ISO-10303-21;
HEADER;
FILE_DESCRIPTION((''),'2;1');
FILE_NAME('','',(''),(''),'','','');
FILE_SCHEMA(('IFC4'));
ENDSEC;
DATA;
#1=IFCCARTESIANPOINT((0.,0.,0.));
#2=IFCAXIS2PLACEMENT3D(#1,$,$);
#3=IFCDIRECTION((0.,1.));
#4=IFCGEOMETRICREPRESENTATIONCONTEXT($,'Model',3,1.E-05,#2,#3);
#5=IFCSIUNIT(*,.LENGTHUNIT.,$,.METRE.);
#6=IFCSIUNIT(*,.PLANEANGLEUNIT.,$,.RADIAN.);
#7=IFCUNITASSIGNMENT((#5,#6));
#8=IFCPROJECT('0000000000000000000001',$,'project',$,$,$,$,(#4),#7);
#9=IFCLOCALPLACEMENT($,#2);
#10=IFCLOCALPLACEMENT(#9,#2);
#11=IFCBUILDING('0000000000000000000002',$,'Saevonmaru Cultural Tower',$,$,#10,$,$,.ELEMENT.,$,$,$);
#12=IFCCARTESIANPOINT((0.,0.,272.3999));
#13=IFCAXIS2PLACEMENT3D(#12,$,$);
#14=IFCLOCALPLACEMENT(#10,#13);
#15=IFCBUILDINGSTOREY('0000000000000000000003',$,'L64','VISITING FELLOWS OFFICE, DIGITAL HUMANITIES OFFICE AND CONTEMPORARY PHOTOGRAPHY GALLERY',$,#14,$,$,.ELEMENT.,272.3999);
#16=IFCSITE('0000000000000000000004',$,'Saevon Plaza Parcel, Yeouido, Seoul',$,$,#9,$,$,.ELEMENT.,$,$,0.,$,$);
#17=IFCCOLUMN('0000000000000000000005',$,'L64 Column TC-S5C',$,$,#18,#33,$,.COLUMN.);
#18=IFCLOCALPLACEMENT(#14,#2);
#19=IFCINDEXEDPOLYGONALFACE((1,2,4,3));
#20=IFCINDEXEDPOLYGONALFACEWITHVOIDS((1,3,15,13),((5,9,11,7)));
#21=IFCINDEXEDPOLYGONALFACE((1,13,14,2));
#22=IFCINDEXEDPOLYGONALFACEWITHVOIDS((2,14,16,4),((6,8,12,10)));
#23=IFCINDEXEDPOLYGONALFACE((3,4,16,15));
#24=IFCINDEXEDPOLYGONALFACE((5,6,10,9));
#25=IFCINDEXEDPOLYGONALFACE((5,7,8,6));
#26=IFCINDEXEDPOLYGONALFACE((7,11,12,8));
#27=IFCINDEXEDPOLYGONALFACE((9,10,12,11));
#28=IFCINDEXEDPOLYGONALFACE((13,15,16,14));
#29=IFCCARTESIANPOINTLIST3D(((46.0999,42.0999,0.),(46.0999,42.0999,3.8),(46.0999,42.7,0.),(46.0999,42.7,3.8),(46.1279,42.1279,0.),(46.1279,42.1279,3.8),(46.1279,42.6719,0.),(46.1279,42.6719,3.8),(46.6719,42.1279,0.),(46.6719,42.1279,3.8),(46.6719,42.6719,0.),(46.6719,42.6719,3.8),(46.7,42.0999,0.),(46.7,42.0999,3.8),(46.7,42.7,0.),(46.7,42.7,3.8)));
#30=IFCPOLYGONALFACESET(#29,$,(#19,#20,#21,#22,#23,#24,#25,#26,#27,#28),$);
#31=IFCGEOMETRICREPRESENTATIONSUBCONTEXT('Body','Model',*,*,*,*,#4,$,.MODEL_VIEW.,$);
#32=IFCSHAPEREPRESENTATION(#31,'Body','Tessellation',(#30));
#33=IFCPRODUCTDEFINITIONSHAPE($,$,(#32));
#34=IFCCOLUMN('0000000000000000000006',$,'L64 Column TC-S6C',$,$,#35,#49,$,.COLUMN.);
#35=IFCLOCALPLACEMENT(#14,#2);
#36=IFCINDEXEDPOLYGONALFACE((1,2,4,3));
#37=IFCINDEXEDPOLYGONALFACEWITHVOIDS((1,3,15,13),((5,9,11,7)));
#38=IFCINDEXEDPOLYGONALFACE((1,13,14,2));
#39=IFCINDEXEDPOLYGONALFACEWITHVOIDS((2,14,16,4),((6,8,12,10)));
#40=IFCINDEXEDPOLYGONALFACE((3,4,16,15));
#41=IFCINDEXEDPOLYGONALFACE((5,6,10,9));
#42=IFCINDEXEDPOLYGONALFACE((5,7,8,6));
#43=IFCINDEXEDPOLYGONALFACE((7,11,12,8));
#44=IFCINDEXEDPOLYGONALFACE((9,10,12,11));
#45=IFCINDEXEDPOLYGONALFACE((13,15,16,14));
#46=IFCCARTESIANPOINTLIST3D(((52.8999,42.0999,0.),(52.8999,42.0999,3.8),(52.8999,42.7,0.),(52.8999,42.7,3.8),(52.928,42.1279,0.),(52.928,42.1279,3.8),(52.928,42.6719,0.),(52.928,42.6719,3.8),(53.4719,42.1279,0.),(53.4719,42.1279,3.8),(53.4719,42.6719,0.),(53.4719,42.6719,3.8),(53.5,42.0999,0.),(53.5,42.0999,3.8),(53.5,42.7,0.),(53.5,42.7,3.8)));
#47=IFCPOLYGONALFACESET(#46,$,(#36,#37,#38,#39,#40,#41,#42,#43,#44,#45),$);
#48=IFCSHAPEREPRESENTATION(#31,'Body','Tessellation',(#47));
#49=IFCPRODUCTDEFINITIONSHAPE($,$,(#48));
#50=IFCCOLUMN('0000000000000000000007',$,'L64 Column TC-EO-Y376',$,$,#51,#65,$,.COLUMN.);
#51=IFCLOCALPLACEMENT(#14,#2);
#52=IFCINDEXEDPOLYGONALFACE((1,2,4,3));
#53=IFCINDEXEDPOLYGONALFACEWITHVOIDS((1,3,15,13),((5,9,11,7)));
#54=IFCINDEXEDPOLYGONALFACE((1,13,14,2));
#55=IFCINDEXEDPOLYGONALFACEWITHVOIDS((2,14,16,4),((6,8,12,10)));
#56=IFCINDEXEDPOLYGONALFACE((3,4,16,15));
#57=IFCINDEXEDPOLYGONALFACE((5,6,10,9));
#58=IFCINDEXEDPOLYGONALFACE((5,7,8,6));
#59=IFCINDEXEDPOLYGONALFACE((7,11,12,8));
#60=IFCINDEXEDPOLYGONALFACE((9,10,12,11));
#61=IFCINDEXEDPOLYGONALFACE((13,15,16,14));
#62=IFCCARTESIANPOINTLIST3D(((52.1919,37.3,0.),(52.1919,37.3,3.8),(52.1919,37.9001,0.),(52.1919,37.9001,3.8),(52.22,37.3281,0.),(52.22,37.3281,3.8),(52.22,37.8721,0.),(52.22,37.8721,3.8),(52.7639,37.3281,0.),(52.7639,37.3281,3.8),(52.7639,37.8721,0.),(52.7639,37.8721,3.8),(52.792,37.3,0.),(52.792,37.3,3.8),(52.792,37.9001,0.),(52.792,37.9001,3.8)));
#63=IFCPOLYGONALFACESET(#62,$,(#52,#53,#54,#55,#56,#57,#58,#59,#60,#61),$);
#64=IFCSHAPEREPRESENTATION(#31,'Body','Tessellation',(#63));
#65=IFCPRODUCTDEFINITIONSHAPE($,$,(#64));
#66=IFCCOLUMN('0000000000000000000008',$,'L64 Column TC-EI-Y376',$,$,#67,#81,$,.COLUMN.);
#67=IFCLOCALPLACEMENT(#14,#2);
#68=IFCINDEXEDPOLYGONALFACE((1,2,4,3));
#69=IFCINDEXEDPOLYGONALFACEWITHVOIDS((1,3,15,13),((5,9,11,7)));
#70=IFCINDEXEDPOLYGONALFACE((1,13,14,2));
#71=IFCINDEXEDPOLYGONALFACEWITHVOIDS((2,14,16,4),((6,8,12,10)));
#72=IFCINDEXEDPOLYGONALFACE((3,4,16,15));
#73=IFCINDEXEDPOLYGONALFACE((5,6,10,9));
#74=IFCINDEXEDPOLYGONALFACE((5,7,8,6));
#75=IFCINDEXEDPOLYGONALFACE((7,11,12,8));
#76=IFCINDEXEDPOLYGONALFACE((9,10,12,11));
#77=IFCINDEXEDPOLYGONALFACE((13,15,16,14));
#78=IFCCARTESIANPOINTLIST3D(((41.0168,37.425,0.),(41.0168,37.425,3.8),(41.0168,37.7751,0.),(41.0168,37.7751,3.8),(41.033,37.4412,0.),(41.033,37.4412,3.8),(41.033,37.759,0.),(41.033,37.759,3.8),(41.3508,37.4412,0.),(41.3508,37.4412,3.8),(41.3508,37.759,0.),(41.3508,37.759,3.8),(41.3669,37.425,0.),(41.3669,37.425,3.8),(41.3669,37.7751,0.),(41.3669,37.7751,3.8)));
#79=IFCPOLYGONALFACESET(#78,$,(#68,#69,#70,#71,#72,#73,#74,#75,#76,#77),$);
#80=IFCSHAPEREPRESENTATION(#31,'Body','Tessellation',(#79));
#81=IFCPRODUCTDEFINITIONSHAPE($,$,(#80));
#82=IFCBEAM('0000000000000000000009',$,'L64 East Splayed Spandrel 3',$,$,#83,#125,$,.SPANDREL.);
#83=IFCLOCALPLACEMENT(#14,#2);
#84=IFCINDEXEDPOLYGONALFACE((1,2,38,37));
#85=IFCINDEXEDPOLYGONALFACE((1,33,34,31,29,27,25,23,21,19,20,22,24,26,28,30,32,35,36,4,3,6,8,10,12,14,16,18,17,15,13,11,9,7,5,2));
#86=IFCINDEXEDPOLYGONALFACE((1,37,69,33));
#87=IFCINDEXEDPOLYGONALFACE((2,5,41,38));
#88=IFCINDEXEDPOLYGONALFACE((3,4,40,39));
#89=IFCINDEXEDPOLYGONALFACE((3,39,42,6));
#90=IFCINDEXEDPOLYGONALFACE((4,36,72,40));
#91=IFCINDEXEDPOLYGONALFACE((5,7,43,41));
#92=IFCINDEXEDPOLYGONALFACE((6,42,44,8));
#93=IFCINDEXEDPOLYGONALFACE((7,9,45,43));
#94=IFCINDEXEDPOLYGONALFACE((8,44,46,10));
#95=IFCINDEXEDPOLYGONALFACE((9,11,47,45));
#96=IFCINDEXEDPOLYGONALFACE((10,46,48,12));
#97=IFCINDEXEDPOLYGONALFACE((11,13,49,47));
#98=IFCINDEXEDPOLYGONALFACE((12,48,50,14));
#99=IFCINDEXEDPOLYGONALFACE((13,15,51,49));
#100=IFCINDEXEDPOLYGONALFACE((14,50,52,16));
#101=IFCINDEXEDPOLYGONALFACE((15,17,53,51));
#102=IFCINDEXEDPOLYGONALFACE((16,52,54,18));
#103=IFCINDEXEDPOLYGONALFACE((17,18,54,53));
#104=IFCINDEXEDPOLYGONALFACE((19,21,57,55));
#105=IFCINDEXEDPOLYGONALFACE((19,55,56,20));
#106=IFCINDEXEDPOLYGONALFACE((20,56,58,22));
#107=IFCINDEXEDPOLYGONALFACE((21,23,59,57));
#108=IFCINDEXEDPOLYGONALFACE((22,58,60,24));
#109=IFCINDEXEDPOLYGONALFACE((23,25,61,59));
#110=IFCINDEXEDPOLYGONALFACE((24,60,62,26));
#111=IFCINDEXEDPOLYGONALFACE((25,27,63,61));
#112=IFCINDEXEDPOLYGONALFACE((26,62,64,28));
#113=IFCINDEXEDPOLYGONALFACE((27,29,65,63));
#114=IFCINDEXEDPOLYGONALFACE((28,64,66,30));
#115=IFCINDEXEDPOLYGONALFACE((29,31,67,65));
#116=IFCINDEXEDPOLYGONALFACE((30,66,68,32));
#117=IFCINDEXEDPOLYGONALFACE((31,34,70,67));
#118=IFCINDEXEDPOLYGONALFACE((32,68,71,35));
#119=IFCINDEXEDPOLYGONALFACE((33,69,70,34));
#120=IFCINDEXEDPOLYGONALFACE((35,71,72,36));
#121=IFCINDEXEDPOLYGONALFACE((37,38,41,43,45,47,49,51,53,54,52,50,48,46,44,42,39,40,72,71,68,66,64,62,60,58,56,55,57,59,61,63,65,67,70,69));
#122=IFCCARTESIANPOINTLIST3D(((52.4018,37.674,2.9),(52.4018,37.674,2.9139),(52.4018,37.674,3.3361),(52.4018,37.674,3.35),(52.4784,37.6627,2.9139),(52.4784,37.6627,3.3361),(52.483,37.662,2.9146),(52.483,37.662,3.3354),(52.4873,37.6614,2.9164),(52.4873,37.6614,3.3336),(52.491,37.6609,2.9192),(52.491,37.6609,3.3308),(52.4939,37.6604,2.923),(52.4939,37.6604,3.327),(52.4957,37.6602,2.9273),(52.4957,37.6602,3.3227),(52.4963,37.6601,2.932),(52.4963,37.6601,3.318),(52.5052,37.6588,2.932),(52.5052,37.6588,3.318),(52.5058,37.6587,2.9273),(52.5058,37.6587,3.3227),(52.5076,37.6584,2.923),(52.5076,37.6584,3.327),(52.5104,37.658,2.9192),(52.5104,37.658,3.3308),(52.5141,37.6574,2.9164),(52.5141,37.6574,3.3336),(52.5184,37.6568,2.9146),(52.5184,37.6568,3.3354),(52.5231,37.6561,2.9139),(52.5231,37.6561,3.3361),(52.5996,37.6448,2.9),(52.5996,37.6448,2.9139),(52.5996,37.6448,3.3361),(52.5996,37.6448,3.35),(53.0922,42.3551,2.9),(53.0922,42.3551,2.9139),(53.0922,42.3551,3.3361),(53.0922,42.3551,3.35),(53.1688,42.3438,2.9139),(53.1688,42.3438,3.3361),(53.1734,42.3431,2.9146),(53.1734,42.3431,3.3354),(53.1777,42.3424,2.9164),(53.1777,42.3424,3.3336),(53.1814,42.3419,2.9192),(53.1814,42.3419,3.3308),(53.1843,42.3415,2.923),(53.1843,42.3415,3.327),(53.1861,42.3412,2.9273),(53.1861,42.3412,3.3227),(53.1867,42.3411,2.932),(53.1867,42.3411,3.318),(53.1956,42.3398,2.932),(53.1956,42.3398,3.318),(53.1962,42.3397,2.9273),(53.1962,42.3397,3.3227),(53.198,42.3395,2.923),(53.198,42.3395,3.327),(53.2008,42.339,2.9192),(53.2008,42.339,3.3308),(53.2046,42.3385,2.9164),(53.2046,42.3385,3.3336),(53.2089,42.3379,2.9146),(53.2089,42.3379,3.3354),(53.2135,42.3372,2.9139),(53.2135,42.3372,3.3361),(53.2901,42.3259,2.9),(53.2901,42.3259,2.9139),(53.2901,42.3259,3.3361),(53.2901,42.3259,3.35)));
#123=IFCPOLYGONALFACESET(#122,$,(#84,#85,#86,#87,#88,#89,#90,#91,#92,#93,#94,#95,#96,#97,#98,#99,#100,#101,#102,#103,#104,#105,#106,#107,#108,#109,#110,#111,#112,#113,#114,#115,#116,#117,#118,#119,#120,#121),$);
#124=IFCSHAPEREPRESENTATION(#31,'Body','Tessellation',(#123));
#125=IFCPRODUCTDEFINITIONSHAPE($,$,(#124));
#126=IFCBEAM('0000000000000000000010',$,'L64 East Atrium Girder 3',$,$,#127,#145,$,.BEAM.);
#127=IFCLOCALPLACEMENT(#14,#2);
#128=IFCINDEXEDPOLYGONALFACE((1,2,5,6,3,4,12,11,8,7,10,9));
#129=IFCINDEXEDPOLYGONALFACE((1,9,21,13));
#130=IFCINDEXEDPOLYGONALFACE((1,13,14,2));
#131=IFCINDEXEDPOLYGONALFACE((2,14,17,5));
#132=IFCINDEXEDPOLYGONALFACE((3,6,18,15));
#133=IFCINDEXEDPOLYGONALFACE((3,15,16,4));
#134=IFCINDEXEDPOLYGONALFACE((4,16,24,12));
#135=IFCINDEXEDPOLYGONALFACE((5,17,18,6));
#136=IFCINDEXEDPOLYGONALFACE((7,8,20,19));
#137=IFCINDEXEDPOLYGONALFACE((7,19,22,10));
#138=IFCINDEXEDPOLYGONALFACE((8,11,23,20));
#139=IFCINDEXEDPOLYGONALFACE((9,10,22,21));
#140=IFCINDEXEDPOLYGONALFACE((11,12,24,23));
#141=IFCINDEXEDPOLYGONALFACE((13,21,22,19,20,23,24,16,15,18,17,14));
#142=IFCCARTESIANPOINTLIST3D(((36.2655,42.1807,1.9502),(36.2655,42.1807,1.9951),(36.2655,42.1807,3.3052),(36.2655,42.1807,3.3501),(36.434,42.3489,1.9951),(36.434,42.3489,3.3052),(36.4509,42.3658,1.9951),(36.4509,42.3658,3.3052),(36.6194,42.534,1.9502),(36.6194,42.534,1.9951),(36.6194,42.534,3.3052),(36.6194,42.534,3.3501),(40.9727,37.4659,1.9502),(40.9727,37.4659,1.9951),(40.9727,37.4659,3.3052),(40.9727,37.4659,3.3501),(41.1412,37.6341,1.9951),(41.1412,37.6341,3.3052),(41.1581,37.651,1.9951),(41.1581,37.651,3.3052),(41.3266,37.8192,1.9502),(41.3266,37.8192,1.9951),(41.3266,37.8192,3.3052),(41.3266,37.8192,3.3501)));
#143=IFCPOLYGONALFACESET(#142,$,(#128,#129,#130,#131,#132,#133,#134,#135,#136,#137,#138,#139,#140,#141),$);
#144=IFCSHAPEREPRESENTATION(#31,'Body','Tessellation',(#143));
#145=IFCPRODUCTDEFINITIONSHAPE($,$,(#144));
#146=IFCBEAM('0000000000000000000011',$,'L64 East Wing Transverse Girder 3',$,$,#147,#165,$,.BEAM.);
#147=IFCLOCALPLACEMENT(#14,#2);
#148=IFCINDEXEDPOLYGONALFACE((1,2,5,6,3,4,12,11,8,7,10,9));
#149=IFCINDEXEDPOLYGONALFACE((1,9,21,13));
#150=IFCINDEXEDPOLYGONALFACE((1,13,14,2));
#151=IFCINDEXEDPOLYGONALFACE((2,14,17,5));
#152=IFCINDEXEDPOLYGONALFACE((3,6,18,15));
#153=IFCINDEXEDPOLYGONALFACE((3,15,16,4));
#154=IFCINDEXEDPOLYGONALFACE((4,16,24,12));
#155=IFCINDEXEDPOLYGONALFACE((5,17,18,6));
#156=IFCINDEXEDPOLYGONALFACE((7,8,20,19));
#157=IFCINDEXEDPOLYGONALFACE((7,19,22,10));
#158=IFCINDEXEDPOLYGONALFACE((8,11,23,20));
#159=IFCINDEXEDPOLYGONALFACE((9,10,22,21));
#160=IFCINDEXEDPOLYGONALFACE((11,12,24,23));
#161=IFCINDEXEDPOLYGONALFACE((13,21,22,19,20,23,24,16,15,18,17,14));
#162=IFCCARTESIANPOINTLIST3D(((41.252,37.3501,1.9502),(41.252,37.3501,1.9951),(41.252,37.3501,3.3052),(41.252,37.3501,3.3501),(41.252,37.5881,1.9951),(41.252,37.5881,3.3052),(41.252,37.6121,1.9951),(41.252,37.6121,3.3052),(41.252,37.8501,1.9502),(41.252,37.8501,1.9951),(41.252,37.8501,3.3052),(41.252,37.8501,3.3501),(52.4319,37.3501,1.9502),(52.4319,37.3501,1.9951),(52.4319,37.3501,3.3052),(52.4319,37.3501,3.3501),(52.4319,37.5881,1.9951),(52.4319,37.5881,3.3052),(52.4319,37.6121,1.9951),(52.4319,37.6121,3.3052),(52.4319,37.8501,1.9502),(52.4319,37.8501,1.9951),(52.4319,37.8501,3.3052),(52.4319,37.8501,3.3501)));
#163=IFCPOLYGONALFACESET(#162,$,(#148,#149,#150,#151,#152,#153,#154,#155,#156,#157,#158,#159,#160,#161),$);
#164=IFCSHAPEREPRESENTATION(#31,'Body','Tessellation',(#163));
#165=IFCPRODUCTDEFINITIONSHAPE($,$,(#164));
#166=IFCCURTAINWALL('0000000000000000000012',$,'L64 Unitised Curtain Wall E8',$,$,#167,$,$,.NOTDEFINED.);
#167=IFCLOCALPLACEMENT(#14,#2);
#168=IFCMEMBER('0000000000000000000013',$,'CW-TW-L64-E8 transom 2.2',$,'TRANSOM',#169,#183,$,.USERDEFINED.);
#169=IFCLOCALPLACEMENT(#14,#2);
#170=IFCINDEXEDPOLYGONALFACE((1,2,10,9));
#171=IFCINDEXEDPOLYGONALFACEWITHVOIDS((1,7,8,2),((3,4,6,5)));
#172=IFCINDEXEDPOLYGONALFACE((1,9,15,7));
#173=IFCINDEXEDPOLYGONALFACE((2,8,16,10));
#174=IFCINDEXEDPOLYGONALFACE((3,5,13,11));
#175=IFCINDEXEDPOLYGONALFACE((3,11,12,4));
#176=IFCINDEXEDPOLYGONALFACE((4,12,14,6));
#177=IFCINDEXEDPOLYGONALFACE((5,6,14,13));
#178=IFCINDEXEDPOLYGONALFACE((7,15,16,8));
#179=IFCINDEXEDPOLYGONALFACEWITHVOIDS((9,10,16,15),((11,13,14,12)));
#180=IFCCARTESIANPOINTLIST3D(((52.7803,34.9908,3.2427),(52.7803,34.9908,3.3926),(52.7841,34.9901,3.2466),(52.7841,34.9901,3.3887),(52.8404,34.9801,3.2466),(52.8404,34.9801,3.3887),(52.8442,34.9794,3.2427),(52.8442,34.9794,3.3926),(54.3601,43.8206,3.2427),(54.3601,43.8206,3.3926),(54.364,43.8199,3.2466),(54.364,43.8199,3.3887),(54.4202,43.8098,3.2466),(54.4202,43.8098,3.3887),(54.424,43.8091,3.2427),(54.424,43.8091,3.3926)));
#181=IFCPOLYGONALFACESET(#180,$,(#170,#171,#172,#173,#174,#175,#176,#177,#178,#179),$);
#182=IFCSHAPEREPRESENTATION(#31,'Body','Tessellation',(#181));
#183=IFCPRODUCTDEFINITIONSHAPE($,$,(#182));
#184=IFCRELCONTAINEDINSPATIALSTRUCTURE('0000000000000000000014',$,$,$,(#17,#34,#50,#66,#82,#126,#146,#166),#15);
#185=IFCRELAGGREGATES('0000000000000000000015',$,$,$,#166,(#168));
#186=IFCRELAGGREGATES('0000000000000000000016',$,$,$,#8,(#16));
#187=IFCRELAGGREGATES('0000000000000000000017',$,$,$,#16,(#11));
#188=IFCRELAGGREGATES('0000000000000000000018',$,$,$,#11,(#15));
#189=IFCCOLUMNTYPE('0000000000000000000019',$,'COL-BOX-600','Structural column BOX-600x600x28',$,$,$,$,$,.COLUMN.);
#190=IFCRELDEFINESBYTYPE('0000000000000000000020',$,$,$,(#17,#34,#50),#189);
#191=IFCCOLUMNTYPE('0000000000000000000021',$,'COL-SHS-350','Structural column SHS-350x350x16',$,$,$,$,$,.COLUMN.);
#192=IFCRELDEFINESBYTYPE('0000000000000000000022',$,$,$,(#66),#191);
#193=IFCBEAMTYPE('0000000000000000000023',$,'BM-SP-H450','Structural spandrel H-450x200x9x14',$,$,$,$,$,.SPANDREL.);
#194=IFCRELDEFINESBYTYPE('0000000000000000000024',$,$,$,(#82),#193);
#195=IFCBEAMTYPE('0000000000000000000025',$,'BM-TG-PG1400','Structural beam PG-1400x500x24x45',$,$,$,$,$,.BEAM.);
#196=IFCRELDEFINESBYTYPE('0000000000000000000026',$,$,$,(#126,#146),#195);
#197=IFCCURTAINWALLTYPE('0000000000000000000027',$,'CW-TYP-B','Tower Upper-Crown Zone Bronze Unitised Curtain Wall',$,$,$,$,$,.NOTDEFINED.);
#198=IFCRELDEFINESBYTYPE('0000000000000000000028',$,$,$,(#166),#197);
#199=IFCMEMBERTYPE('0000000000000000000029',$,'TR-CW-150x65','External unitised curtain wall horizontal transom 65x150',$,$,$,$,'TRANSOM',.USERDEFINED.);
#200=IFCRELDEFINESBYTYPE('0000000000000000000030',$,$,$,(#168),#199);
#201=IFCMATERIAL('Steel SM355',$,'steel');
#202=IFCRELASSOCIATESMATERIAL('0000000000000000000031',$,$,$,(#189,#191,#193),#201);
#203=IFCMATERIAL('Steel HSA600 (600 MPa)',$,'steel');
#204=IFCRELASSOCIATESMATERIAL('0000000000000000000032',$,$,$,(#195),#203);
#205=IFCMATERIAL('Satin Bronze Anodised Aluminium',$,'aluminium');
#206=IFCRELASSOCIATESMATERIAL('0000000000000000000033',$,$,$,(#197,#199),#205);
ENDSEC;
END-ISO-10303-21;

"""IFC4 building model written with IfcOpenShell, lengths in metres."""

from ifc_helpers import new_model, si_unit, direction, frame, origin, origin_2d, place, context, subcontext, project, spatial, hollow_rectangle, i_section, extrude, material, material_profile, profile_set, type_object, element, aggregate, save


model = new_model("IFC4")

# Units and contexts
model_context = context("Model", 3, precision=1e-05, world=origin(), true_north=direction((0.0, 1.0)))
body_context = subcontext(model_context, "Body", "Model", "MODEL_VIEW")
ifc_project = project(units=[si_unit("LENGTHUNIT", "METRE"), si_unit("PLANEANGLEUNIT", "RADIAN")], contexts=[model_context])

# Site, building, storey
site_placement = place(None, origin())
site = spatial("IfcSite", under=ifc_project, at=site_placement, Name="Saevon Plaza Parcel, Yeouido, Seoul", CompositionType="ELEMENT", RefElevation=0.0)
building_placement = place(site_placement, origin())
building = spatial("IfcBuilding", under=site, at=building_placement, Name="Saevonmaru Cultural Tower", CompositionType="ELEMENT")
storey_placement = place(building_placement, frame((0.0, 0.0, 272.3999)))
storey = spatial("IfcBuildingStorey", under=building, at=storey_placement, Name="L64", Description="VISITING FELLOWS OFFICE, DIGITAL HUMANITIES OFFICE AND CONTEMPORARY PHOTOGRAPHY GALLERY", CompositionType="ELEMENT", Elevation=272.3999)

# Columns
ifc_material_1 = material(Name="Steel SM355", Category="steel")
ifc_material_profile_1 = material_profile(ifc_material_1, hollow_rectangle(XDim=0.6001, YDim=0.6001, WallThickness=0.0281, at=origin_2d()), Name="BOX-600x600x28")
ifc_profile_set_1 = profile_set([ifc_material_profile_1], Name="Steel SM355")
column_type_1 = type_object("IfcColumnType", Name="COL-BOX-600", Description="Structural column BOX-600x600x28", PredefinedType="COLUMN", material=ifc_profile_set_1)
for number, where, z_axis, x_axis, name in (
    (1, (46.3999, 42.3999, 0.0), (0.0, 0.0, 1.0), (1.0, 0.0, 0.0), "L64 Column TC-S5C"),
    (2, (53.2, 42.3999, 0.0), (0.0, 0.0, 1.0), (1.0, 0.0, 0.0), "L64 Column TC-S6C"),
    (3, (52.4919, 37.6001, 0.0), (0.0, 0.0, 1.0), (1.0, 0.0, 0.0), "L64 Column TC-EO-Y376"),
):
    element("IfcColumn", number, at=place(storey_placement, frame(where, z_axis=z_axis, x_axis=x_axis)), inside=storey, type_object=column_type_1, Name=name, PredefinedType="COLUMN", context=body_context, shape_type="SweptSolid", body=[
        extrude(hollow_rectangle(XDim=0.6001, YDim=0.6001, WallThickness=0.0281, at=origin_2d()), origin(), (0.0, 0.0, 1.0), 3.8),
    ])
ifc_material_profile_2 = material_profile(ifc_material_1, hollow_rectangle(XDim=0.3501, YDim=0.3501, WallThickness=0.0161, at=origin_2d()), Name="SHS-350x350x16")
ifc_profile_set_2 = profile_set([ifc_material_profile_2], Name="Steel SM355")
column_type_2 = type_object("IfcColumnType", Name="COL-SHS-350", Description="Structural column SHS-350x350x16", PredefinedType="COLUMN", material=ifc_profile_set_2)
column_placement = place(storey_placement, frame((41.1919, 37.6001, 0.0), z_axis=(0.0, 0.0, 1.0), x_axis=(1.0, 0.0, 0.0)))
element("IfcColumn", 4, at=column_placement, inside=storey, type_object=column_type_2, Name="L64 Column TC-EI-Y376", PredefinedType="COLUMN", context=body_context, shape_type="SweptSolid", body=[
    extrude(hollow_rectangle(XDim=0.3501, YDim=0.3501, WallThickness=0.0161, at=origin_2d()), origin(), (0.0, 0.0, 1.0), 3.8),
])

# Beams
ifc_material_profile_3 = material_profile(ifc_material_1, i_section(OverallWidth=0.2, OverallDepth=0.45, WebThickness=0.009, FlangeThickness=0.0139, FilletRadius=0.0181, at=origin_2d()), Name="H-450x200x9x14")
ifc_profile_set_3 = profile_set([ifc_material_profile_3], Name="Steel SM355")
beam_type_1 = type_object("IfcBeamType", Name="BM-SP-H450", Description="Structural spandrel H-450x200x9x14", PredefinedType="SPANDREL", material=ifc_profile_set_3)
beam_1_placement = place(storey_placement, frame((52.5007, 37.6594, 3.125), z_axis=(0.145913, 0.989297, 0.0), x_axis=(-0.989297, 0.145913, 0.0)))
element("IfcBeam", 5, at=beam_1_placement, inside=storey, type_object=beam_type_1, Name="L64 East Splayed Spandrel 3", PredefinedType="SPANDREL", context=body_context, shape_type="SweptSolid", body=[
    extrude(i_section(OverallWidth=0.2, OverallDepth=0.45, WebThickness=0.009, FlangeThickness=0.0139, FilletRadius=0.0181, at=origin_2d()), origin(), (0.0, 0.0, 1.0), 4.7317),
])
ifc_material_2 = material(Name="Steel HSA600 (600 MPa)", Category="steel")
ifc_material_profile_4 = material_profile(ifc_material_2, i_section(OverallWidth=0.5, OverallDepth=1.3999, WebThickness=0.0239, FlangeThickness=0.0449, at=origin_2d()), Name="PG-1400x500x24x45")
ifc_profile_set_4 = profile_set([ifc_material_profile_4], Name="Steel HSA600 (600 MPa)")
beam_type_2 = type_object("IfcBeamType", Name="BM-TG-PG1400", Description="Structural beam PG-1400x500x24x45", PredefinedType="BEAM", material=ifc_profile_set_4)
beam_2_placement = place(storey_placement, frame((41.1497, 37.6426, 2.6501), z_axis=(-0.706539, 0.707675, 0.0), x_axis=(-0.707675, -0.706539, 0.0)))
element("IfcBeam", 6, at=beam_2_placement, inside=storey, type_object=beam_type_2, Name="L64 East Atrium Girder 3", PredefinedType="BEAM", context=body_context, shape_type="SweptSolid", body=[
    extrude(i_section(OverallWidth=0.5, OverallDepth=1.3999, WebThickness=0.0239, FlangeThickness=0.0449, at=origin_2d()), origin(), (0.0, 0.0, 1.0), 6.6624),
])
beam_3_placement = place(storey_placement, frame((41.252, 37.6001, 2.6501), z_axis=(1.0, 0.0, 0.0), x_axis=(0.0, 1.0, 0.0)))
element("IfcBeam", 7, at=beam_3_placement, inside=storey, type_object=beam_type_2, Name="L64 East Wing Transverse Girder 3", PredefinedType="BEAM", context=body_context, shape_type="SweptSolid", body=[
    extrude(i_section(OverallWidth=0.5, OverallDepth=1.3999, WebThickness=0.0239, FlangeThickness=0.0449, at=origin_2d()), origin(), (0.0, 0.0, 1.0), 11.1799),
])

# Curtain wall, member
ifc_material_3 = material(Name="Satin Bronze Anodised Aluminium", Category="aluminium")
curtain_wall_type = type_object("IfcCurtainWallType", Name="CW-TYP-B", Description="Tower Upper-Crown Zone Bronze Unitised Curtain Wall", PredefinedType="NOTDEFINED", material=ifc_material_3)
curtain_wall_placement = place(storey_placement, origin())
curtain_wall = element("IfcCurtainWall", 8, at=curtain_wall_placement, inside=storey, type_object=curtain_wall_type, Name="L64 Unitised Curtain Wall E8", PredefinedType="NOTDEFINED")
ifc_material_profile_5 = material_profile(ifc_material_3, hollow_rectangle(XDim=0.0649, YDim=0.1499, WallThickness=0.0039, at=origin_2d()), Name="ALU-TRAN-150x65x4")
ifc_profile_set_5 = profile_set([ifc_material_profile_5], Name="Satin Bronze Anodised Aluminium")
member_type = type_object("IfcMemberType", Name="TR-CW-150x65", Description="External unitised curtain wall horizontal transom 65x150", ElementType="TRANSOM", PredefinedType="USERDEFINED", material=ifc_profile_set_5)
member_placement = place(storey_placement, frame((52.8123, 34.9851, 3.3176), z_axis=(0.176123, 0.984368, 0.0), x_axis=(-0.984368, 0.176123, 0.0)))
member = element("IfcMember", 9, at=member_placement, type_object=member_type, Name="CW-TW-L64-E8 transom 2.2", ObjectType="TRANSOM", PredefinedType="USERDEFINED", context=body_context, shape_type="SweptSolid", body=[
    extrude(hollow_rectangle(XDim=0.0649, YDim=0.1499, WallThickness=0.0039, at=origin_2d()), origin(), (0.0, 0.0, 1.0), 8.97),
])
aggregate(curtain_wall, [member])

save(model, "model.ifc")
